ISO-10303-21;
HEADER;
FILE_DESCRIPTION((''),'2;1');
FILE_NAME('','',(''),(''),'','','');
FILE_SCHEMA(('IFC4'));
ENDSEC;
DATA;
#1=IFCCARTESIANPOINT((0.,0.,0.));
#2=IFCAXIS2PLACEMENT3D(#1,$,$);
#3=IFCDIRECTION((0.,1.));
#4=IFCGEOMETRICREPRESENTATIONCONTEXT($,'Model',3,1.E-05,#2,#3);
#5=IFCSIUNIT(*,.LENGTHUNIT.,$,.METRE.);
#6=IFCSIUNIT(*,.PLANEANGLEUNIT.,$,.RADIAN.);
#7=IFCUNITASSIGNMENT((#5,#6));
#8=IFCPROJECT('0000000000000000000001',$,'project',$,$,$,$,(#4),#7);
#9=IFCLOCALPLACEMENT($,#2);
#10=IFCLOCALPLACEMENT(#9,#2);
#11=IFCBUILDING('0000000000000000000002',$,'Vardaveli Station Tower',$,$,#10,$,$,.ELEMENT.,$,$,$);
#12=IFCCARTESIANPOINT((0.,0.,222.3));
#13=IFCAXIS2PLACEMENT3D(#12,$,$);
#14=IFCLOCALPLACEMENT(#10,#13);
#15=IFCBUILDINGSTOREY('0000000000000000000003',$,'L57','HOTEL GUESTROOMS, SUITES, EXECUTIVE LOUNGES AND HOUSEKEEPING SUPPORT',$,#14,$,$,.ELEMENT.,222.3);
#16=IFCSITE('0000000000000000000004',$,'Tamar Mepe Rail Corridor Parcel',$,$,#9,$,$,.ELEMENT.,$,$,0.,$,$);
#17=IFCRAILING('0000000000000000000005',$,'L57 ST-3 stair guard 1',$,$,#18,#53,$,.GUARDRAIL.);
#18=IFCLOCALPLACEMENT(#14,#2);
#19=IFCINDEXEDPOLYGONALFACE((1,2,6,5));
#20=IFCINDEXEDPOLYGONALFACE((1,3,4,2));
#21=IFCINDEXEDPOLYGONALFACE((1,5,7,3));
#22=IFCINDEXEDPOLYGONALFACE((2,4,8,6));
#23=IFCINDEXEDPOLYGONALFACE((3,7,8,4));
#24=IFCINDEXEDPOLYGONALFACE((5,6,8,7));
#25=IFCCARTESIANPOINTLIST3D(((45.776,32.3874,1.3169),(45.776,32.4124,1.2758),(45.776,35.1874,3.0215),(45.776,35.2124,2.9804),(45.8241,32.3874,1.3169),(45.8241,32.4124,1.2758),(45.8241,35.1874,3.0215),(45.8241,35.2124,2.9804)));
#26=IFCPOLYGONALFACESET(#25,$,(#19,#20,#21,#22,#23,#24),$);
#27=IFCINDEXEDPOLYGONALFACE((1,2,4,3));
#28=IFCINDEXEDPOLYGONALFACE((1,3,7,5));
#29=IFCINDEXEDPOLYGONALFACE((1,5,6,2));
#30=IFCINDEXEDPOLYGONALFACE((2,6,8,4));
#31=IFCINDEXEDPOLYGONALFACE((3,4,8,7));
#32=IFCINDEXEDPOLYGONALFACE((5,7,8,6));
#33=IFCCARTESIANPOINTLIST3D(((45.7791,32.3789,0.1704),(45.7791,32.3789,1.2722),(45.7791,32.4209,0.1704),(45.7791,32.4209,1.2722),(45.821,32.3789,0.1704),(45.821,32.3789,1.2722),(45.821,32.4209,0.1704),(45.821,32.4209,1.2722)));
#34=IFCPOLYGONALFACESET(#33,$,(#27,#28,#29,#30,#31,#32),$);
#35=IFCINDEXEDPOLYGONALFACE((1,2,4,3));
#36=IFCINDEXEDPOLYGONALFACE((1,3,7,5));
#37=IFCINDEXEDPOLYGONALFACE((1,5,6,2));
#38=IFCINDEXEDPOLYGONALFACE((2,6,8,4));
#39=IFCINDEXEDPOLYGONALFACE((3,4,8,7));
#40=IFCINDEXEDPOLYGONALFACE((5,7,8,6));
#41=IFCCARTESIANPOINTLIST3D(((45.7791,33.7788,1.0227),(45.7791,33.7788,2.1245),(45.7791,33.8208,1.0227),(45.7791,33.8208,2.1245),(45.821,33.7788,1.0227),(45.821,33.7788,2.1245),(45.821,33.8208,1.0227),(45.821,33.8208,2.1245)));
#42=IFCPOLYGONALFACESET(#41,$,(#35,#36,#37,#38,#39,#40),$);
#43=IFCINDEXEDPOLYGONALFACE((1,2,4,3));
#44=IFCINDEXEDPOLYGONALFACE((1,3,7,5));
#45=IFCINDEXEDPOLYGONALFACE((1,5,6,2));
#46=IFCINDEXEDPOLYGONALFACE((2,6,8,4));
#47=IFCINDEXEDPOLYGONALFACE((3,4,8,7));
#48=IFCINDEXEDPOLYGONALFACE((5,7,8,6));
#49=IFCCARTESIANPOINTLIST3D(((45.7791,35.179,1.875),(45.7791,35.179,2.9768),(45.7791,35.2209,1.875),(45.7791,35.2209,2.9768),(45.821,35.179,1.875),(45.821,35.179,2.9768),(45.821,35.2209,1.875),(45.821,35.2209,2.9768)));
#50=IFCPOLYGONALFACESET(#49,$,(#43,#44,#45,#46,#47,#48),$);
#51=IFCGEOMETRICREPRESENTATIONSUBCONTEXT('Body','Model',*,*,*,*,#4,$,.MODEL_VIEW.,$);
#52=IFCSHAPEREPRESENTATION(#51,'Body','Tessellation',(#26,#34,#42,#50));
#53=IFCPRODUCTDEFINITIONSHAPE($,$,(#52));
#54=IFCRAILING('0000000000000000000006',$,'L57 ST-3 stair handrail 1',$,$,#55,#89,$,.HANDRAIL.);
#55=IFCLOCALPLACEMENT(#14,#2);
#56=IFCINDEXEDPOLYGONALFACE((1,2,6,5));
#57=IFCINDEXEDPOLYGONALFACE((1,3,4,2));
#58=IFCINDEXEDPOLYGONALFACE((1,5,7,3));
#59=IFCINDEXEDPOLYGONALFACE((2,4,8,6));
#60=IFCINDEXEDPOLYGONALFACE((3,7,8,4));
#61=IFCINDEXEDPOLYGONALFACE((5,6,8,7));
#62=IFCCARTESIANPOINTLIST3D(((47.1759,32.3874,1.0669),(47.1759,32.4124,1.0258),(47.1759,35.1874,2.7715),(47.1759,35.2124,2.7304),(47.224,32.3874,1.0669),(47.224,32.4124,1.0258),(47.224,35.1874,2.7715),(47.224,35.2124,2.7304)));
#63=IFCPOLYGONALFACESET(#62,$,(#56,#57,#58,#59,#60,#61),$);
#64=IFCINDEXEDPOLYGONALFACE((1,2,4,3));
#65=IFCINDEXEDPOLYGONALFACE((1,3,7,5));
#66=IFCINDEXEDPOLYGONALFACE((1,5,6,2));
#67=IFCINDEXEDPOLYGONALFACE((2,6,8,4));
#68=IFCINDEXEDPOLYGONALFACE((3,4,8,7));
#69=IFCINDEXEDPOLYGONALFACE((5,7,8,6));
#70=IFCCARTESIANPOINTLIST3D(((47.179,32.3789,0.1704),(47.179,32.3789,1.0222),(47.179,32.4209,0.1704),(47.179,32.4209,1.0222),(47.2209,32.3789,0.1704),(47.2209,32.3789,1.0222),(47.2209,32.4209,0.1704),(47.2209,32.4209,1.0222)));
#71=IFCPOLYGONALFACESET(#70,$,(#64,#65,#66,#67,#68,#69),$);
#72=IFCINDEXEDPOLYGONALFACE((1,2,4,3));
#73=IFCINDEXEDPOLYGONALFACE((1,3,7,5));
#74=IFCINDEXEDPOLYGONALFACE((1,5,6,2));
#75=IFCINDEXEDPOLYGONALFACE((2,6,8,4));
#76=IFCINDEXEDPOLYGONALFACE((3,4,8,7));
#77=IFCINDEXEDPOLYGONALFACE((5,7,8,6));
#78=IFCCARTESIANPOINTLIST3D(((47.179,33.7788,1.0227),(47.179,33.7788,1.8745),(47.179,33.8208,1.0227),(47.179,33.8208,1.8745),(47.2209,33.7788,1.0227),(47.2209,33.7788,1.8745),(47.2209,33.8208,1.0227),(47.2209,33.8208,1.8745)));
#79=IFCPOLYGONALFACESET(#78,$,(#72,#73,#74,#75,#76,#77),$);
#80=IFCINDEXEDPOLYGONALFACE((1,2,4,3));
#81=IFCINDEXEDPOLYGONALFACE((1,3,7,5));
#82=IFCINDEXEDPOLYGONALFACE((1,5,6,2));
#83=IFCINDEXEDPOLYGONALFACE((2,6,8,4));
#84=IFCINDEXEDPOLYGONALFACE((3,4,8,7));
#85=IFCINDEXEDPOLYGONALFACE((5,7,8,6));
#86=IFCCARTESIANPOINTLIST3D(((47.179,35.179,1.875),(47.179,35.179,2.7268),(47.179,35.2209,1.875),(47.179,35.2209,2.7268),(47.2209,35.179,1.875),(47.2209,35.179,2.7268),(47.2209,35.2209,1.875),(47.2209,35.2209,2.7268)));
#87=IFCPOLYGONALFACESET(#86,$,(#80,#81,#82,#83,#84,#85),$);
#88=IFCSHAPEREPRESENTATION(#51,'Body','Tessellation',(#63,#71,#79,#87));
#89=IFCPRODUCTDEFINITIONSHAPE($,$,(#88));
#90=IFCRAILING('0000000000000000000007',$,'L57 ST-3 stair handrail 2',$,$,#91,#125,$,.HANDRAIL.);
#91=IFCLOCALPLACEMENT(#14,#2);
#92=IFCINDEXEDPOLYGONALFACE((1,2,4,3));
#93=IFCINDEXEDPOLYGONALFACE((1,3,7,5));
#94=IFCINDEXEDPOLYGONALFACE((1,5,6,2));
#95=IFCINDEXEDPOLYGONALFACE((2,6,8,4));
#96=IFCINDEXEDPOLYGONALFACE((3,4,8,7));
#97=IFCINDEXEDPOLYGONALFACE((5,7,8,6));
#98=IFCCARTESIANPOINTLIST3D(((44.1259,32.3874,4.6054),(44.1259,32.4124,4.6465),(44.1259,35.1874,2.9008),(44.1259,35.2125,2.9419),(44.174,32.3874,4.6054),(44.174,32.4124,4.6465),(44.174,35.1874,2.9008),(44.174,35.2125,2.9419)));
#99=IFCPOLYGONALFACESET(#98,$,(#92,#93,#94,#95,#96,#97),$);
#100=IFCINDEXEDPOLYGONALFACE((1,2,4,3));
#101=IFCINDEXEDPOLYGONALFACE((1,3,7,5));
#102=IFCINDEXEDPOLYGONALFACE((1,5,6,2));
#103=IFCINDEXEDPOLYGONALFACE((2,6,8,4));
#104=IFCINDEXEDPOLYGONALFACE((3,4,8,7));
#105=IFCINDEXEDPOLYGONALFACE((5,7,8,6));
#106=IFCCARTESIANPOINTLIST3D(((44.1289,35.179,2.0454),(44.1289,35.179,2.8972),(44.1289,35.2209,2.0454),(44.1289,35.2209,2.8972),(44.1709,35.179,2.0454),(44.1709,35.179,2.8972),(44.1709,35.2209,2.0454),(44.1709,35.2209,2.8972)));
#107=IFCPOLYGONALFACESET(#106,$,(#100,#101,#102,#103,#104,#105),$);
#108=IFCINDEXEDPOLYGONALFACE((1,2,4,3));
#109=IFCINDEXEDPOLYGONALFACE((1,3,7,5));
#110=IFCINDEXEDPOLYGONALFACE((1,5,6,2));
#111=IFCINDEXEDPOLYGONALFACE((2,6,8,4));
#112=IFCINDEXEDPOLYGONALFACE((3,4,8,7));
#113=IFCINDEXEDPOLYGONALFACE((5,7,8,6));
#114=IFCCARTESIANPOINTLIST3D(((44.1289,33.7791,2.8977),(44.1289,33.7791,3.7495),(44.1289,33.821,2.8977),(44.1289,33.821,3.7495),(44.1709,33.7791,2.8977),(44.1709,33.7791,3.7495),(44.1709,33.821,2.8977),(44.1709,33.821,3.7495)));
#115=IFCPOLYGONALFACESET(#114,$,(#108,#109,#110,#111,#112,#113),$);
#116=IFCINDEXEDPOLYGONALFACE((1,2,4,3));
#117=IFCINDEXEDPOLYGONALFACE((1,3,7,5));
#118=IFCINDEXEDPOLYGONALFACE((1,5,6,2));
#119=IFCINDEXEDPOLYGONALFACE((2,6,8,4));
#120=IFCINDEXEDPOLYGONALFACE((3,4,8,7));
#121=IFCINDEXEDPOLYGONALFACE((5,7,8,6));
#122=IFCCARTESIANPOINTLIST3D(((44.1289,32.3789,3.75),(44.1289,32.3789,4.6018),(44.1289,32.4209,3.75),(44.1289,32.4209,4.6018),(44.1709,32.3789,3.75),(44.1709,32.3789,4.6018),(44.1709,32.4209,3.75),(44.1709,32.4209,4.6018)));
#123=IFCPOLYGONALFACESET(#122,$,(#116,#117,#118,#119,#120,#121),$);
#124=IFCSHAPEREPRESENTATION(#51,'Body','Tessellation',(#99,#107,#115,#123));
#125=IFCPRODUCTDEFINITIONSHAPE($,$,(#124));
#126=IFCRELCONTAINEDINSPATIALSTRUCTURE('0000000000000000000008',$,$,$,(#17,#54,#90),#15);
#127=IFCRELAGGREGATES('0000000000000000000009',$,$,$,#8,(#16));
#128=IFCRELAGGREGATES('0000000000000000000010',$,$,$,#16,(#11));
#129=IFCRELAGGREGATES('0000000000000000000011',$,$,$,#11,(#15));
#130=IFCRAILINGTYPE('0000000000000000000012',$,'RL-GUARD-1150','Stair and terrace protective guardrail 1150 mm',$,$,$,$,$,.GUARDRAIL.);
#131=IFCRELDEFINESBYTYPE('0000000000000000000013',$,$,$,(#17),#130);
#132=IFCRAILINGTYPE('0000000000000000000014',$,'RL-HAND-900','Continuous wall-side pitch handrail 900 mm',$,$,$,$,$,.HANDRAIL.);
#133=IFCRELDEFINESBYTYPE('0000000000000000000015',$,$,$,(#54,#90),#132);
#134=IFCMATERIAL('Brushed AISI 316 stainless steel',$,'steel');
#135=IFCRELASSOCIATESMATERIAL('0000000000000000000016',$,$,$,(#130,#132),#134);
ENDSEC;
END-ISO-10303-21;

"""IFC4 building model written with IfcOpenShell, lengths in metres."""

from ifc_helpers import new_model, si_unit, direction, frame, origin, origin_2d, place, context, subcontext, project, spatial, rectangle, extrude, source, transform, mapped, material, type_object, element, save


model = new_model("IFC4")

# Units and contexts
model_context = context("Model", 3, precision=1e-05, world=origin(), true_north=direction((0.0, 1.0)))
body_context = subcontext(model_context, "Body", "Model", "MODEL_VIEW")
ifc_project = project(units=[si_unit("LENGTHUNIT", "METRE"), si_unit("PLANEANGLEUNIT", "RADIAN")], contexts=[model_context])

# Site, building, storey
site_placement = place(None, origin())
site = spatial("IfcSite", under=ifc_project, at=site_placement, Name="Tamar Mepe Rail Corridor Parcel", CompositionType="ELEMENT", RefElevation=0.0)
building_placement = place(site_placement, origin())
building = spatial("IfcBuilding", under=site, at=building_placement, Name="Vardaveli Station Tower", CompositionType="ELEMENT")
storey_placement = place(building_placement, frame((0.0, 0.0, 222.3)))
storey = spatial("IfcBuildingStorey", under=building, at=storey_placement, Name="L57", Description="HOTEL GUESTROOMS, SUITES, EXECUTIVE LOUNGES AND HOUSEKEEPING SUPPORT", CompositionType="ELEMENT", Elevation=222.3)

# Railings
ifc_material_1 = material(Name="Brushed AISI 316 stainless steel", Category="steel")
railing_type_1 = type_object("IfcRailingType", Name="RL-GUARD-1150", Description="Stair and terrace protective guardrail 1150 mm", PredefinedType="GUARDRAIL", material=ifc_material_1)
shared_shape_1 = source(origin(), body_context, "Body", "SweptSolid", [
    extrude(rectangle(XDim=0.0481, YDim=0.0481, at=origin_2d()), frame((0.0, 0.0, 1.126), z_axis=(0.0, 0.85417, 0.519994), x_axis=(-1.0, 0.0, 0.0)), (0.0, 0.0, 1.0), 3.2781),
    extrude(rectangle(XDim=0.042, YDim=0.042, at=origin_2d()), origin(), (0.0, 0.0, 1.0), 1.1018),
    extrude(rectangle(XDim=0.042, YDim=0.042, at=origin_2d()), frame((0.0, 1.3999, 0.8523)), (0.0, 0.0, 1.0), 1.1018),
    extrude(rectangle(XDim=0.042, YDim=0.042, at=origin_2d()), frame((0.0, 2.8, 1.7046)), (0.0, 0.0, 1.0), 1.1018),
])
railing_1_placement = place(storey_placement, frame((45.8, 32.3999, 0.1704)))
element("IfcRailing", 1, at=railing_1_placement, inside=storey, type_object=railing_type_1, Name="L57 ST-3 stair guard 1", PredefinedType="GUARDRAIL", context=body_context, shape_type="MappedRepresentation", body=[
    mapped(shared_shape_1, transform((0.0, 0.0, 0.0), scale=1.0)),
])
railing_type_2 = type_object("IfcRailingType", Name="RL-HAND-900", Description="Continuous wall-side pitch handrail 900 mm", PredefinedType="HANDRAIL", material=ifc_material_1)
shared_shape_2 = source(origin(), body_context, "Body", "SweptSolid", [
    extrude(rectangle(XDim=0.0481, YDim=0.0481, at=origin_2d()), frame((0.0, 0.0, 0.876), z_axis=(0.0, 0.85417, 0.519994), x_axis=(-1.0, 0.0, 0.0)), (0.0, 0.0, 1.0), 3.2781),
    extrude(rectangle(XDim=0.042, YDim=0.042, at=origin_2d()), origin(), (0.0, 0.0, 1.0), 0.8518),
    extrude(rectangle(XDim=0.042, YDim=0.042, at=origin_2d()), frame((0.0, 1.3999, 0.8523)), (0.0, 0.0, 1.0), 0.8518),
    extrude(rectangle(XDim=0.042, YDim=0.042, at=origin_2d()), frame((0.0, 2.8, 1.7046)), (0.0, 0.0, 1.0), 0.8518),
])
railing_2_placement = place(storey_placement, frame((47.2, 32.3999, 0.1704)))
element("IfcRailing", 2, at=railing_2_placement, inside=storey, type_object=railing_type_2, Name="L57 ST-3 stair handrail 1", PredefinedType="HANDRAIL", context=body_context, shape_type="MappedRepresentation", body=[
    mapped(shared_shape_2, transform((0.0, 0.0, 0.0), scale=1.0)),
])
shared_shape_3 = source(origin(), body_context, "Body", "SweptSolid", [
    extrude(rectangle(XDim=0.0481, YDim=0.0481, at=origin_2d()), frame((0.0, 0.0, 0.876), z_axis=(0.0, -0.85417, 0.519994), x_axis=(1.0, 0.0, 0.0)), (0.0, 0.0, 1.0), 3.2781),
    extrude(rectangle(XDim=0.042, YDim=0.042, at=origin_2d()), origin(), (0.0, 0.0, 1.0), 0.8518),
    extrude(rectangle(XDim=0.042, YDim=0.042, at=origin_2d()), frame((0.0, -1.3999, 0.8523)), (0.0, 0.0, 1.0), 0.8518),
    extrude(rectangle(XDim=0.042, YDim=0.042, at=origin_2d()), frame((0.0, -2.8, 1.7046)), (0.0, 0.0, 1.0), 0.8518),
])
railing_3_placement = place(storey_placement, frame((44.1499, 35.2, 2.0454)))
element("IfcRailing", 3, at=railing_3_placement, inside=storey, type_object=railing_type_2, Name="L57 ST-3 stair handrail 2", PredefinedType="HANDRAIL", context=body_context, shape_type="MappedRepresentation", body=[
    mapped(shared_shape_3, transform((0.0, 0.0, 0.0), scale=1.0)),
])

save(model, "model.ifc")
